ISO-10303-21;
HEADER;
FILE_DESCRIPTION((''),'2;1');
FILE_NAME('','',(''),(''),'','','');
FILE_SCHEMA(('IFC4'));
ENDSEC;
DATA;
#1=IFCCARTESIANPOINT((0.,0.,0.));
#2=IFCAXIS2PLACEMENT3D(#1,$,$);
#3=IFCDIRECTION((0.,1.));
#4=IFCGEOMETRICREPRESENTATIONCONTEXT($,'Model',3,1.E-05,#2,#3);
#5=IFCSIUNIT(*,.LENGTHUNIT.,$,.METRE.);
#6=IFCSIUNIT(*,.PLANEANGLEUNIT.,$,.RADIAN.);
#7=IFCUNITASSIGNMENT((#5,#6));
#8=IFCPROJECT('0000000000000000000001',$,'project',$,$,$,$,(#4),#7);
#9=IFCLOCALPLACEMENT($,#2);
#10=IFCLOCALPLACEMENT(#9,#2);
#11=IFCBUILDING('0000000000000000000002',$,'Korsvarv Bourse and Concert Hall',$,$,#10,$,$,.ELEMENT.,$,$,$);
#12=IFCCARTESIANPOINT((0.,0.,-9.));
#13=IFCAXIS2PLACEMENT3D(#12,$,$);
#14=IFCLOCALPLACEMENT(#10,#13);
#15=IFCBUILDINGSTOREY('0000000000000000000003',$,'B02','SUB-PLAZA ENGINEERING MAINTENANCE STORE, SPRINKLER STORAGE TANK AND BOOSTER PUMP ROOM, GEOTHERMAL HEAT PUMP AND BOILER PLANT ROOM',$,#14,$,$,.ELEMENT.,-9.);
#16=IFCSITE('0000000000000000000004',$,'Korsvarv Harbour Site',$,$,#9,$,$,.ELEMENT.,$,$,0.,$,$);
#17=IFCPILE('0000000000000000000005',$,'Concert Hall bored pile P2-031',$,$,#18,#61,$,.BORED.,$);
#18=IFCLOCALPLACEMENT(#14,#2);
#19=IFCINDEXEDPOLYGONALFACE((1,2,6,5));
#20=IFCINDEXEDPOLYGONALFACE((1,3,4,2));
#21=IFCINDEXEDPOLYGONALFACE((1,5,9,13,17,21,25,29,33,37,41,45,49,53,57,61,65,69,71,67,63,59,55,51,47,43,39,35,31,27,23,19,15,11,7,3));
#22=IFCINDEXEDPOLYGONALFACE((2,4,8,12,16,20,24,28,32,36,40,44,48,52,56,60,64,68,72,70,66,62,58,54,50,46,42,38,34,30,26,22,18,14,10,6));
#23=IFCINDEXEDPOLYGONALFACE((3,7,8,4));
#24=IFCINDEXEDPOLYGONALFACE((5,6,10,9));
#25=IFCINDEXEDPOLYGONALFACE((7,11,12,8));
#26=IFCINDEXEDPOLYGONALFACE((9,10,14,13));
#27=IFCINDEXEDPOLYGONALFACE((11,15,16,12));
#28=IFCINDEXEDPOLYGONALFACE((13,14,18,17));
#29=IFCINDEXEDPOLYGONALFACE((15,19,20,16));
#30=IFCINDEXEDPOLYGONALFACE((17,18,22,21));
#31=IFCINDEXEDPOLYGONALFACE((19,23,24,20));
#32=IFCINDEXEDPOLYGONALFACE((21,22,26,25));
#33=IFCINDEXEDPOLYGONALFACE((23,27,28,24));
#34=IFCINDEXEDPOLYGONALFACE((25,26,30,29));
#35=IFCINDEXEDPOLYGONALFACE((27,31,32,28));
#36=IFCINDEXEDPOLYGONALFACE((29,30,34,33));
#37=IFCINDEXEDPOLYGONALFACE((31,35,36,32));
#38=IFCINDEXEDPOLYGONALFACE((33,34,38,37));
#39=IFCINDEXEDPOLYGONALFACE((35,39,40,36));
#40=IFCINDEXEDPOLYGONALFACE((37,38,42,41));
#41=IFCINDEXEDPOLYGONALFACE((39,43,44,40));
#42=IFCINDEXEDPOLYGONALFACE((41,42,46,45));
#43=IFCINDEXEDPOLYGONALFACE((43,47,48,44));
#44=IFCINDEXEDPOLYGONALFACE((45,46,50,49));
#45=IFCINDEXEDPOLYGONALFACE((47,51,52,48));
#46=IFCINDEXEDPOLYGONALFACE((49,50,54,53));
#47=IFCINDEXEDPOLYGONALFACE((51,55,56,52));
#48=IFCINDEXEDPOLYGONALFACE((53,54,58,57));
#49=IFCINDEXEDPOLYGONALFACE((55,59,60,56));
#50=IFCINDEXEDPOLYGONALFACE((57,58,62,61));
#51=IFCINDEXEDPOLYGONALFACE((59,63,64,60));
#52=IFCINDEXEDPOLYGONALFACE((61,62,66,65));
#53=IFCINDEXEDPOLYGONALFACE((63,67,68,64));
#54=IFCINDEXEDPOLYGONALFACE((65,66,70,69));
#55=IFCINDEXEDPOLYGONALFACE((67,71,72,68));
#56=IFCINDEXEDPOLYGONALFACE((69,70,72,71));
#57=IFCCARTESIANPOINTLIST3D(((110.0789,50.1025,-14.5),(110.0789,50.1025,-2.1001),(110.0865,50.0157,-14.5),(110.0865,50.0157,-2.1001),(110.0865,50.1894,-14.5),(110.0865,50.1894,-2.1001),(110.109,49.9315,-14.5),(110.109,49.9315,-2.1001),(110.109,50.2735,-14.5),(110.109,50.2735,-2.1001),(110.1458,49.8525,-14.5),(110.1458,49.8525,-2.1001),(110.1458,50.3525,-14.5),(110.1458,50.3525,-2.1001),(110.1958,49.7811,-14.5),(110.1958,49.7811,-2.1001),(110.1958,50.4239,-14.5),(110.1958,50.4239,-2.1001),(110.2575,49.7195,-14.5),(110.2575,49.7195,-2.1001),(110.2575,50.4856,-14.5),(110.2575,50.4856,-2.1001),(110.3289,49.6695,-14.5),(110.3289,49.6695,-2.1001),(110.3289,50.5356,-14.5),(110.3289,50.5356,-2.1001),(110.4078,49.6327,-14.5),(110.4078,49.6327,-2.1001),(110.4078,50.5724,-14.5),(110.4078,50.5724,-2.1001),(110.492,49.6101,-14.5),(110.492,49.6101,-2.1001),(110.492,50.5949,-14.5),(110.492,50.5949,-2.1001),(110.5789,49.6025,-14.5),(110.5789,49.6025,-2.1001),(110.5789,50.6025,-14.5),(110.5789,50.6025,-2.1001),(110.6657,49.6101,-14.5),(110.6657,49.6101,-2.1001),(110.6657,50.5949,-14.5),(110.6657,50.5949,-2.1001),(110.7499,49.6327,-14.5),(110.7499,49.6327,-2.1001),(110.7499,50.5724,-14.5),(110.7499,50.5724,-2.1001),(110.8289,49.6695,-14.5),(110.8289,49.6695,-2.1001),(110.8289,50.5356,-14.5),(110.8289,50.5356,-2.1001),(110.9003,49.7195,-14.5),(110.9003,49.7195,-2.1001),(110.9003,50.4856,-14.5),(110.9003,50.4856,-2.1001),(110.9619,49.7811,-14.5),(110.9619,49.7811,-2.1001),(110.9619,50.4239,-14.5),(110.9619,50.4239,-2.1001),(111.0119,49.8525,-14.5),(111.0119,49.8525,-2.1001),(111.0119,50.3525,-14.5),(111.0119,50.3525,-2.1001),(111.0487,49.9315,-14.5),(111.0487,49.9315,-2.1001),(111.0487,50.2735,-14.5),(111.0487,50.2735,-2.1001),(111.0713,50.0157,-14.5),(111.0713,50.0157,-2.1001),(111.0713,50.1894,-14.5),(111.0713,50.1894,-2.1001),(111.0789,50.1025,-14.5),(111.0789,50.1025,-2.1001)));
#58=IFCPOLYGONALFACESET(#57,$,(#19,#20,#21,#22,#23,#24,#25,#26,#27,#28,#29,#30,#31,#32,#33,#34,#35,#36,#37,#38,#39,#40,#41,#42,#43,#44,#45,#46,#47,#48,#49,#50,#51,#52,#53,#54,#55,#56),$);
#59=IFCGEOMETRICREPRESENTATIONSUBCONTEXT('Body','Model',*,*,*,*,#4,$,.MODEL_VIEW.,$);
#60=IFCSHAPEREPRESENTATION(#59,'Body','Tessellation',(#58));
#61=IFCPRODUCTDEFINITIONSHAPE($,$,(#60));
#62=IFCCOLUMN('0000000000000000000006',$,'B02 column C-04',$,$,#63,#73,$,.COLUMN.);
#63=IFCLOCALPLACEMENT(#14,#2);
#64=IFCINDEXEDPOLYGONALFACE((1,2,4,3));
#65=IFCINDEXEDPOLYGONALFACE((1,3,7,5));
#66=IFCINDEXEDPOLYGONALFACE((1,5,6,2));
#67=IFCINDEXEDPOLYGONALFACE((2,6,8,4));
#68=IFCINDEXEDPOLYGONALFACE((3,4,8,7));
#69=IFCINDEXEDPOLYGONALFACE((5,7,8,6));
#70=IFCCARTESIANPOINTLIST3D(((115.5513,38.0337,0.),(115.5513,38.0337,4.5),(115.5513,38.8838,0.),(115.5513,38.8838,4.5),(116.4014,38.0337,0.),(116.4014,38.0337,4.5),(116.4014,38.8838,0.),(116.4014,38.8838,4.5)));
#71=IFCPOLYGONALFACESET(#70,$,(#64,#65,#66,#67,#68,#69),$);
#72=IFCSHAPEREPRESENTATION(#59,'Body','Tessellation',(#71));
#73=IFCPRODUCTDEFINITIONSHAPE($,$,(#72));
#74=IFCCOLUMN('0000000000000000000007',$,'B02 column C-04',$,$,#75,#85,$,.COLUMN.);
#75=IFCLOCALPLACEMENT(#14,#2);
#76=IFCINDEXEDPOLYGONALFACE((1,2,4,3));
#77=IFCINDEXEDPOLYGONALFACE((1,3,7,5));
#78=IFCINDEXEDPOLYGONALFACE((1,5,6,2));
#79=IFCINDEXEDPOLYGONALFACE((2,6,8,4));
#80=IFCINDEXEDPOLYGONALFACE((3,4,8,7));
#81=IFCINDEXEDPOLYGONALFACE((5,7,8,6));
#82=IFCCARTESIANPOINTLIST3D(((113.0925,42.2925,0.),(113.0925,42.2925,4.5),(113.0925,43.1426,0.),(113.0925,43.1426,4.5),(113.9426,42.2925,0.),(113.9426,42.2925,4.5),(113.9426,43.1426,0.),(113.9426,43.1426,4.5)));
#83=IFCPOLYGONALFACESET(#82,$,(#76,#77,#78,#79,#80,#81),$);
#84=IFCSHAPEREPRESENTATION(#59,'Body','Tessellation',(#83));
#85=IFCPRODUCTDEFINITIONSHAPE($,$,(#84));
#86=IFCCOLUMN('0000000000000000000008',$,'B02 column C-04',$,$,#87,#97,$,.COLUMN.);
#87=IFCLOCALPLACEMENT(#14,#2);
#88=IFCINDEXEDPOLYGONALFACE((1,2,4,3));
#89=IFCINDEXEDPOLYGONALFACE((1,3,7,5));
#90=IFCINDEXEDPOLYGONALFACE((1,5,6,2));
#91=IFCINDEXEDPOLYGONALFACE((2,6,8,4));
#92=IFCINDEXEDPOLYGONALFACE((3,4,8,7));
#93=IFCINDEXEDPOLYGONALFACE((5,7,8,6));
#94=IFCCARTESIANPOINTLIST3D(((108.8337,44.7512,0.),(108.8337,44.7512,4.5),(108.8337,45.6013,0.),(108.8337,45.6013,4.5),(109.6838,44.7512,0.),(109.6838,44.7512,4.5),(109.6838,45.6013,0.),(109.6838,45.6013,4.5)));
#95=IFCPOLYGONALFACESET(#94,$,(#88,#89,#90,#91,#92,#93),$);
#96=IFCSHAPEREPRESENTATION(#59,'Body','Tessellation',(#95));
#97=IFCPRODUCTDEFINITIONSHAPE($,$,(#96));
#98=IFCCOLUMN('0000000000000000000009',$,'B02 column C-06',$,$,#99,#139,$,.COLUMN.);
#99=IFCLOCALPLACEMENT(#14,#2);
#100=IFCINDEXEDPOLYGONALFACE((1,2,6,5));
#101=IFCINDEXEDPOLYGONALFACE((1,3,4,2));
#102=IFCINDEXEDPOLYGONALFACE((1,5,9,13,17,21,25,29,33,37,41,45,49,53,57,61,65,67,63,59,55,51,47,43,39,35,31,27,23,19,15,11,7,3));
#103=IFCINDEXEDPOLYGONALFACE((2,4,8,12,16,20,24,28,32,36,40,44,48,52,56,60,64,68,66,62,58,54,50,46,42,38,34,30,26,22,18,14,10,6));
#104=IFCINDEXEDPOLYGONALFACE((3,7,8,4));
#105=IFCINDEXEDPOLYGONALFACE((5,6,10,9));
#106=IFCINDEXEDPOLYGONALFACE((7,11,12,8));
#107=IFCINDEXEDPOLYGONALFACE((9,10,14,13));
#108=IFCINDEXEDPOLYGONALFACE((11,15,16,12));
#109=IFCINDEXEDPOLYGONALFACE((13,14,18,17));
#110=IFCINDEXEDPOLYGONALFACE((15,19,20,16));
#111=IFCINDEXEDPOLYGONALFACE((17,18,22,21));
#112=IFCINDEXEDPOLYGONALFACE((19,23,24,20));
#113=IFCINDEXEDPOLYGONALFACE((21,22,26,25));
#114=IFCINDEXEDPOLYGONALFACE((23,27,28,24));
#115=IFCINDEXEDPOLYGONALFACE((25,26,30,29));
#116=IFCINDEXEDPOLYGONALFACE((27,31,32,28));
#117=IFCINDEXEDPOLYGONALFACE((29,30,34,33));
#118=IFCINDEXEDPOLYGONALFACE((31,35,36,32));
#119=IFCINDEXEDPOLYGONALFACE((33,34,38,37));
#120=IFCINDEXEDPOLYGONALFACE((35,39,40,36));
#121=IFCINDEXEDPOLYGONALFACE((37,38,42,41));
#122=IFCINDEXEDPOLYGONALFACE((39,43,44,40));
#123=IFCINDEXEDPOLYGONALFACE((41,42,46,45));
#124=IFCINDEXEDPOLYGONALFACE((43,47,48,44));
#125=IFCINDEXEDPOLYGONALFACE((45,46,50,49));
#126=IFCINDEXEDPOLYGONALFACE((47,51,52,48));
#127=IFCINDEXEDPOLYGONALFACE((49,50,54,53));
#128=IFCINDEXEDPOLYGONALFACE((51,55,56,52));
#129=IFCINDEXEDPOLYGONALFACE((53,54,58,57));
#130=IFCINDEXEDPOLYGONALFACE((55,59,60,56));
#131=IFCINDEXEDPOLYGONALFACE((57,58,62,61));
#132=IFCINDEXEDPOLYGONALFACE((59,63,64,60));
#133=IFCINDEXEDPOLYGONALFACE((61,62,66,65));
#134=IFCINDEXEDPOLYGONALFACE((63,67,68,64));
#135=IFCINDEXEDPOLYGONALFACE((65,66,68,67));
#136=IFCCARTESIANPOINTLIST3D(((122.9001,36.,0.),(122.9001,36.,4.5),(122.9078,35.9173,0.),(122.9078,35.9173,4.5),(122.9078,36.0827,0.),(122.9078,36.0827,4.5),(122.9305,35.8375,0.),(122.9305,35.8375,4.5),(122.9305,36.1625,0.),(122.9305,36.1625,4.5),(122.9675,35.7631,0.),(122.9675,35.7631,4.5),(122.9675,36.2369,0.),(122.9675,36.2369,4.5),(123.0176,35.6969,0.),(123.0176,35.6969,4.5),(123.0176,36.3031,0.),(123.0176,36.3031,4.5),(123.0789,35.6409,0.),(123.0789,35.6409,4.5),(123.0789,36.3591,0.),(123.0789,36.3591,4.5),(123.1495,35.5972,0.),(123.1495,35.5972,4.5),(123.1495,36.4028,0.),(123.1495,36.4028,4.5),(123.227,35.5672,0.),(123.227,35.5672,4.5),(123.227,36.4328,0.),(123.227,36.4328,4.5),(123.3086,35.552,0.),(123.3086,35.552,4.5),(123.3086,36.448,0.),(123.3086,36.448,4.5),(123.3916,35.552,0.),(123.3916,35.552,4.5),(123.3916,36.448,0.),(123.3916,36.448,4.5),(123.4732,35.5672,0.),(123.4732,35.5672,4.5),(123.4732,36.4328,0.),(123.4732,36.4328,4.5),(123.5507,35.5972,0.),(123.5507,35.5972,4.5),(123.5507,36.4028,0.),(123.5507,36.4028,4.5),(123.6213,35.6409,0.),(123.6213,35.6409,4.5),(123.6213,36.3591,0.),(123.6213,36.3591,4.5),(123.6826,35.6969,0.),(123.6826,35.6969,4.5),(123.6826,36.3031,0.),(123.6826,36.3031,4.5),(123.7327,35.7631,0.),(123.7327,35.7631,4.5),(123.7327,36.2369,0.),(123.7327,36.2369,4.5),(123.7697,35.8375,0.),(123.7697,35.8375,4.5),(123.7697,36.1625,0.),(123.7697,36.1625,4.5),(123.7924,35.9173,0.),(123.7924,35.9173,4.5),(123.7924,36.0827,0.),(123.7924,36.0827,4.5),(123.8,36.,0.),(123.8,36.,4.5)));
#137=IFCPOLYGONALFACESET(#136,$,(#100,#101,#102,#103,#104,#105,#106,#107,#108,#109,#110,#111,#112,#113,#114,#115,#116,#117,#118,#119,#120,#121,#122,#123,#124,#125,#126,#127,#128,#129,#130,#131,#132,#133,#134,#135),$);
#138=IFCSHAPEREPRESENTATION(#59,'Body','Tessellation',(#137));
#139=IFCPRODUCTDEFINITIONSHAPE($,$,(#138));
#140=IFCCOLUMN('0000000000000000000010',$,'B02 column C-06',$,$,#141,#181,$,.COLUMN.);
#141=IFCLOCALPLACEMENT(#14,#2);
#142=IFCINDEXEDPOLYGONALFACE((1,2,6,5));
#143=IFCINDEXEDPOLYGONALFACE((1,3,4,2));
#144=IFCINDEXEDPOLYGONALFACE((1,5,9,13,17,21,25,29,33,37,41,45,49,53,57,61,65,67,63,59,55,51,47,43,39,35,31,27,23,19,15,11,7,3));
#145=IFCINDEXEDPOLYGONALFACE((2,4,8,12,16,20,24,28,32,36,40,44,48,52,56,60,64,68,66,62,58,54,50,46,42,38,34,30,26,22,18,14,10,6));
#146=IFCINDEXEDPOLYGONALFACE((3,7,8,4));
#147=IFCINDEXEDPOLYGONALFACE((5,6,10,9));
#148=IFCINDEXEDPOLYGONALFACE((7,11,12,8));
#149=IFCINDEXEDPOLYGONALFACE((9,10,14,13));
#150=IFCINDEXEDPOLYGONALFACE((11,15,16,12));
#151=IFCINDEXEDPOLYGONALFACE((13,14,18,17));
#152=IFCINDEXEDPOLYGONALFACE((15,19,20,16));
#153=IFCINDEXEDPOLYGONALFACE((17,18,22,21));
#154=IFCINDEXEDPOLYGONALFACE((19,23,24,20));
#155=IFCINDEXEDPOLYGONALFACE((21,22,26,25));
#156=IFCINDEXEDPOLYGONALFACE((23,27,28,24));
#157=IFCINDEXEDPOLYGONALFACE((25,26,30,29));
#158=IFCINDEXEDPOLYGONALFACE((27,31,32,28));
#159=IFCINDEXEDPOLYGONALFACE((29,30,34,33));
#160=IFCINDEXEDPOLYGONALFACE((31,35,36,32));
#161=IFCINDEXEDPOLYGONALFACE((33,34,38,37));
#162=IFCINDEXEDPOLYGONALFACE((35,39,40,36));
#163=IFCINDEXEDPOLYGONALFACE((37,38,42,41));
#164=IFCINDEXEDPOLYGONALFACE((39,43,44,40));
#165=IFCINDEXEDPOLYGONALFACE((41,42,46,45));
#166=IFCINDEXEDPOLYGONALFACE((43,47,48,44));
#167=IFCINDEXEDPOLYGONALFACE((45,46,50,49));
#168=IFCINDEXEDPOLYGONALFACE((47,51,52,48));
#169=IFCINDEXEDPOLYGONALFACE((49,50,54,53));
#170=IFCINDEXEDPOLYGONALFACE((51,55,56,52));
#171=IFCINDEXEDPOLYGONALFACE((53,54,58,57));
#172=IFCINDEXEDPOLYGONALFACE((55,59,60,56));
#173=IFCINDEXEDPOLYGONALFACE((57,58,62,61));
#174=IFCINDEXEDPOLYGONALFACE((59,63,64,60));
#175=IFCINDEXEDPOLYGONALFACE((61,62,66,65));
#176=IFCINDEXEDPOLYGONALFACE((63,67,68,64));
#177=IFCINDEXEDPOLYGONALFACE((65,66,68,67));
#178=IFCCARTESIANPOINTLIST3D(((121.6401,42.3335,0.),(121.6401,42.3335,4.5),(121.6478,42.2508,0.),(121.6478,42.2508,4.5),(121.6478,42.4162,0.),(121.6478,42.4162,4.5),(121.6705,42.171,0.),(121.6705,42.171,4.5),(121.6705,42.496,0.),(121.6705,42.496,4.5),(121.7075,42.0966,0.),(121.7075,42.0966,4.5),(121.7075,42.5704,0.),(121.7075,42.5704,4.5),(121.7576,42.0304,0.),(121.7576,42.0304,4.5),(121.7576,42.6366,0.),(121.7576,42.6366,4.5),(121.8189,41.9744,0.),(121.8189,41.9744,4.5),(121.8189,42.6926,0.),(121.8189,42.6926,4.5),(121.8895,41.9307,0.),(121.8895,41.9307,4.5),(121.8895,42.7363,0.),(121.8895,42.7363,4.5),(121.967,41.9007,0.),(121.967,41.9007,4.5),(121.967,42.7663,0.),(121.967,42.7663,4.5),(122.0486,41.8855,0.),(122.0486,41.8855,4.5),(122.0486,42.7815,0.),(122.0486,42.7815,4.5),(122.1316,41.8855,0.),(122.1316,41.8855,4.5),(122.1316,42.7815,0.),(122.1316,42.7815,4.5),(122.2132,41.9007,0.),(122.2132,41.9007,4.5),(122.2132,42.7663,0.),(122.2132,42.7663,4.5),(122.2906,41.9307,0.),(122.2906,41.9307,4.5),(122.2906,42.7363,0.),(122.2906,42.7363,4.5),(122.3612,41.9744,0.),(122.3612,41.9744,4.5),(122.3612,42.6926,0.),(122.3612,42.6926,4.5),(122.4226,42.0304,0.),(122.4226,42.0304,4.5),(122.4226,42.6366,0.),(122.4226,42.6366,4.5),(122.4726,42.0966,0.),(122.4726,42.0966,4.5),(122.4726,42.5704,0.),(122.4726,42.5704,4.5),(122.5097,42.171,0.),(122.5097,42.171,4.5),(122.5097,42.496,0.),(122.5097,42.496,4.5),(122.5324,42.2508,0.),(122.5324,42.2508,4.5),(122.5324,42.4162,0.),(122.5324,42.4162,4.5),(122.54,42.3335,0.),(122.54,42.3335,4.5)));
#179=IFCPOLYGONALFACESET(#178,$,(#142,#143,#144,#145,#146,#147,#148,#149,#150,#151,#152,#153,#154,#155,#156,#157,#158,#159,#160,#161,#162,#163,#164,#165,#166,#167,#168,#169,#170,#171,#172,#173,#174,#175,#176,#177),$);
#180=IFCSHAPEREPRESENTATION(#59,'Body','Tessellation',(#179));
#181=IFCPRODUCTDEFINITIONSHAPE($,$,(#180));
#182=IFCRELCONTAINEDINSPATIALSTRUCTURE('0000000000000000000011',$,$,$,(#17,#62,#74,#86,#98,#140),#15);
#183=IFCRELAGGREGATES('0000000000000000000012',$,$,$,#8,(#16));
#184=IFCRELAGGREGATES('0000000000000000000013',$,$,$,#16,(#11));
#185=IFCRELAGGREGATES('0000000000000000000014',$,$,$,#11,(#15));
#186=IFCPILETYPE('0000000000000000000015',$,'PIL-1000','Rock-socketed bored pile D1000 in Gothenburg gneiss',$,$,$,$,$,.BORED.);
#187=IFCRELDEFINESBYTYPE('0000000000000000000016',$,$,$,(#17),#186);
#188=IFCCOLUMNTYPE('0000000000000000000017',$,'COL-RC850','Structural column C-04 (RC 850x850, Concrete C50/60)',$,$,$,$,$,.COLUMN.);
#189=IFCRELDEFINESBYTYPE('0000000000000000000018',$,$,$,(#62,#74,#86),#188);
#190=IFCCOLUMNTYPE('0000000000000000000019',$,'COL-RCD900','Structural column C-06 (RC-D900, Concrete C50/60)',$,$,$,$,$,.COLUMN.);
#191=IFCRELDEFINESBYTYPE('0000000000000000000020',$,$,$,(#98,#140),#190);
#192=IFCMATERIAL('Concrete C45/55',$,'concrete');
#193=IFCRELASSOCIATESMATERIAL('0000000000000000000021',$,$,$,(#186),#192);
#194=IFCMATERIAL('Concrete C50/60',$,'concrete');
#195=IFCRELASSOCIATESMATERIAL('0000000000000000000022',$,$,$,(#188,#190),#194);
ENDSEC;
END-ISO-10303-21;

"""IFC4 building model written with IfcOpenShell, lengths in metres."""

from ifc_helpers import new_model, si_unit, direction, frame, origin, origin_2d, place, context, subcontext, project, spatial, rectangle, circle, extrude, source, transform, mapped, material, material_profile, profile_set, type_object, element, save


model = new_model("IFC4")

# Units and contexts
model_context = context("Model", 3, precision=1e-05, world=origin(), true_north=direction((0.0, 1.0)))
body_context = subcontext(model_context, "Body", "Model", "MODEL_VIEW")
ifc_project = project(units=[si_unit("LENGTHUNIT", "METRE"), si_unit("PLANEANGLEUNIT", "RADIAN")], contexts=[model_context])

# Site, building, storey
site_placement = place(None, origin())
site = spatial("IfcSite", under=ifc_project, at=site_placement, Name="Korsvarv Harbour Site", CompositionType="ELEMENT", RefElevation=0.0)
building_placement = place(site_placement, origin())
building = spatial("IfcBuilding", under=site, at=building_placement, Name="Korsvarv Bourse and Concert Hall", CompositionType="ELEMENT")
storey_placement = place(building_placement, frame((0.0, 0.0, -9.0)))
storey = spatial("IfcBuildingStorey", under=building, at=storey_placement, Name="B02", Description="SUB-PLAZA ENGINEERING MAINTENANCE STORE, SPRINKLER STORAGE TANK AND BOOSTER PUMP ROOM, GEOTHERMAL HEAT PUMP AND BOILER PLANT ROOM", CompositionType="ELEMENT", Elevation=-9.0)

# Pile
ifc_material_1 = material(Name="Concrete C45/55", Category="concrete")
ifc_material_profile_1 = material_profile(ifc_material_1, circle(Radius=0.5, at=origin_2d()), Name="PILE D1000")
ifc_profile_set_1 = profile_set([ifc_material_profile_1], Name="Concrete C45/55")
pile_type = type_object("IfcPileType", Name="PIL-1000", Description="Rock-socketed bored pile D1000 in Gothenburg gneiss", PredefinedType="BORED", material=ifc_profile_set_1)
shared_shape_1 = source(origin(), body_context, "Body", "SweptSolid", [
    extrude(circle(Radius=0.5, at=origin_2d()), origin(), (0.0, 0.0, 1.0), 12.3999),
])
for number, where, z_axis, x_axis, name in (
    (1, (110.5789, 50.1025, -2.1001), (0.0, 0.0, -1.0), (1.0, 0.0, 0.0), "Concert Hall bored pile P2-031"),
):
    element("IfcPile", number, at=place(storey_placement, frame(where, z_axis=z_axis, x_axis=x_axis)), inside=storey, type_object=pile_type, Name=name, PredefinedType="BORED", context=body_context, shape_type="MappedRepresentation", body=[
        mapped(shared_shape_1, transform((0.0, 0.0, 0.0), scale=1.0)),
    ])

# Columns
ifc_material_2 = material(Name="Concrete C50/60", Category="concrete")
ifc_material_profile_2 = material_profile(ifc_material_2, rectangle(XDim=0.8501, YDim=0.8501, at=origin_2d()), Name="RC 850x850")
ifc_profile_set_2 = profile_set([ifc_material_profile_2], Name="Concrete C50/60")
column_type_1 = type_object("IfcColumnType", Name="COL-RC850", Description="Structural column C-04 (RC 850x850, Concrete C50/60)", PredefinedType="COLUMN", material=ifc_profile_set_2)
shared_shape_2 = source(origin(), body_context, "Body", "SweptSolid", [
    extrude(rectangle(XDim=0.8501, YDim=0.8501, at=origin_2d()), origin(), (0.0, 0.0, 1.0), 4.5),
])
for number, where, z_axis, x_axis, name in (
    (2, (115.9763, 38.4587, 0.0), (0.0, 0.0, 1.0), (1.0, 0.0, 0.0), "B02 column C-04"),
    (3, (113.5176, 42.7175, 0.0), (0.0, 0.0, 1.0), (1.0, 0.0, 0.0), "B02 column C-04"),
    (4, (109.2588, 45.1763, 0.0), (0.0, 0.0, 1.0), (1.0, 0.0, 0.0), "B02 column C-04"),
):
    element("IfcColumn", number, at=place(storey_placement, frame(where, z_axis=z_axis, x_axis=x_axis)), inside=storey, type_object=column_type_1, Name=name, PredefinedType="COLUMN", context=body_context, shape_type="MappedRepresentation", body=[
        mapped(shared_shape_2, transform((0.0, 0.0, 0.0), scale=1.0)),
    ])
ifc_material_profile_3 = material_profile(ifc_material_2, circle(Radius=0.45, at=origin_2d()), Name="RC-D900")
ifc_profile_set_3 = profile_set([ifc_material_profile_3], Name="Concrete C50/60")
column_type_2 = type_object("IfcColumnType", Name="COL-RCD900", Description="Structural column C-06 (RC-D900, Concrete C50/60)", PredefinedType="COLUMN", material=ifc_profile_set_3)
shared_shape_3 = source(origin(), body_context, "Body", "SweptSolid", [
    extrude(circle(Radius=0.45, at=origin_2d()), origin(), (0.0, 0.0, 1.0), 4.5),
])
for number, where, z_axis, x_axis, name in (
    (5, (123.3501, 36.0, 0.0), (0.0, 0.0, 1.0), (1.0, 0.0, 0.0), "B02 column C-06"),
    (6, (122.0901, 42.3335, 0.0), (0.0, 0.0, 1.0), (1.0, 0.0, 0.0), "B02 column C-06"),
):
    element("IfcColumn", number, at=place(storey_placement, frame(where, z_axis=z_axis, x_axis=x_axis)), inside=storey, type_object=column_type_2, Name=name, PredefinedType="COLUMN", context=body_context, shape_type="MappedRepresentation", body=[
        mapped(shared_shape_3, transform((0.0, 0.0, 0.0), scale=1.0)),
    ])

save(model, "model.ifc")
